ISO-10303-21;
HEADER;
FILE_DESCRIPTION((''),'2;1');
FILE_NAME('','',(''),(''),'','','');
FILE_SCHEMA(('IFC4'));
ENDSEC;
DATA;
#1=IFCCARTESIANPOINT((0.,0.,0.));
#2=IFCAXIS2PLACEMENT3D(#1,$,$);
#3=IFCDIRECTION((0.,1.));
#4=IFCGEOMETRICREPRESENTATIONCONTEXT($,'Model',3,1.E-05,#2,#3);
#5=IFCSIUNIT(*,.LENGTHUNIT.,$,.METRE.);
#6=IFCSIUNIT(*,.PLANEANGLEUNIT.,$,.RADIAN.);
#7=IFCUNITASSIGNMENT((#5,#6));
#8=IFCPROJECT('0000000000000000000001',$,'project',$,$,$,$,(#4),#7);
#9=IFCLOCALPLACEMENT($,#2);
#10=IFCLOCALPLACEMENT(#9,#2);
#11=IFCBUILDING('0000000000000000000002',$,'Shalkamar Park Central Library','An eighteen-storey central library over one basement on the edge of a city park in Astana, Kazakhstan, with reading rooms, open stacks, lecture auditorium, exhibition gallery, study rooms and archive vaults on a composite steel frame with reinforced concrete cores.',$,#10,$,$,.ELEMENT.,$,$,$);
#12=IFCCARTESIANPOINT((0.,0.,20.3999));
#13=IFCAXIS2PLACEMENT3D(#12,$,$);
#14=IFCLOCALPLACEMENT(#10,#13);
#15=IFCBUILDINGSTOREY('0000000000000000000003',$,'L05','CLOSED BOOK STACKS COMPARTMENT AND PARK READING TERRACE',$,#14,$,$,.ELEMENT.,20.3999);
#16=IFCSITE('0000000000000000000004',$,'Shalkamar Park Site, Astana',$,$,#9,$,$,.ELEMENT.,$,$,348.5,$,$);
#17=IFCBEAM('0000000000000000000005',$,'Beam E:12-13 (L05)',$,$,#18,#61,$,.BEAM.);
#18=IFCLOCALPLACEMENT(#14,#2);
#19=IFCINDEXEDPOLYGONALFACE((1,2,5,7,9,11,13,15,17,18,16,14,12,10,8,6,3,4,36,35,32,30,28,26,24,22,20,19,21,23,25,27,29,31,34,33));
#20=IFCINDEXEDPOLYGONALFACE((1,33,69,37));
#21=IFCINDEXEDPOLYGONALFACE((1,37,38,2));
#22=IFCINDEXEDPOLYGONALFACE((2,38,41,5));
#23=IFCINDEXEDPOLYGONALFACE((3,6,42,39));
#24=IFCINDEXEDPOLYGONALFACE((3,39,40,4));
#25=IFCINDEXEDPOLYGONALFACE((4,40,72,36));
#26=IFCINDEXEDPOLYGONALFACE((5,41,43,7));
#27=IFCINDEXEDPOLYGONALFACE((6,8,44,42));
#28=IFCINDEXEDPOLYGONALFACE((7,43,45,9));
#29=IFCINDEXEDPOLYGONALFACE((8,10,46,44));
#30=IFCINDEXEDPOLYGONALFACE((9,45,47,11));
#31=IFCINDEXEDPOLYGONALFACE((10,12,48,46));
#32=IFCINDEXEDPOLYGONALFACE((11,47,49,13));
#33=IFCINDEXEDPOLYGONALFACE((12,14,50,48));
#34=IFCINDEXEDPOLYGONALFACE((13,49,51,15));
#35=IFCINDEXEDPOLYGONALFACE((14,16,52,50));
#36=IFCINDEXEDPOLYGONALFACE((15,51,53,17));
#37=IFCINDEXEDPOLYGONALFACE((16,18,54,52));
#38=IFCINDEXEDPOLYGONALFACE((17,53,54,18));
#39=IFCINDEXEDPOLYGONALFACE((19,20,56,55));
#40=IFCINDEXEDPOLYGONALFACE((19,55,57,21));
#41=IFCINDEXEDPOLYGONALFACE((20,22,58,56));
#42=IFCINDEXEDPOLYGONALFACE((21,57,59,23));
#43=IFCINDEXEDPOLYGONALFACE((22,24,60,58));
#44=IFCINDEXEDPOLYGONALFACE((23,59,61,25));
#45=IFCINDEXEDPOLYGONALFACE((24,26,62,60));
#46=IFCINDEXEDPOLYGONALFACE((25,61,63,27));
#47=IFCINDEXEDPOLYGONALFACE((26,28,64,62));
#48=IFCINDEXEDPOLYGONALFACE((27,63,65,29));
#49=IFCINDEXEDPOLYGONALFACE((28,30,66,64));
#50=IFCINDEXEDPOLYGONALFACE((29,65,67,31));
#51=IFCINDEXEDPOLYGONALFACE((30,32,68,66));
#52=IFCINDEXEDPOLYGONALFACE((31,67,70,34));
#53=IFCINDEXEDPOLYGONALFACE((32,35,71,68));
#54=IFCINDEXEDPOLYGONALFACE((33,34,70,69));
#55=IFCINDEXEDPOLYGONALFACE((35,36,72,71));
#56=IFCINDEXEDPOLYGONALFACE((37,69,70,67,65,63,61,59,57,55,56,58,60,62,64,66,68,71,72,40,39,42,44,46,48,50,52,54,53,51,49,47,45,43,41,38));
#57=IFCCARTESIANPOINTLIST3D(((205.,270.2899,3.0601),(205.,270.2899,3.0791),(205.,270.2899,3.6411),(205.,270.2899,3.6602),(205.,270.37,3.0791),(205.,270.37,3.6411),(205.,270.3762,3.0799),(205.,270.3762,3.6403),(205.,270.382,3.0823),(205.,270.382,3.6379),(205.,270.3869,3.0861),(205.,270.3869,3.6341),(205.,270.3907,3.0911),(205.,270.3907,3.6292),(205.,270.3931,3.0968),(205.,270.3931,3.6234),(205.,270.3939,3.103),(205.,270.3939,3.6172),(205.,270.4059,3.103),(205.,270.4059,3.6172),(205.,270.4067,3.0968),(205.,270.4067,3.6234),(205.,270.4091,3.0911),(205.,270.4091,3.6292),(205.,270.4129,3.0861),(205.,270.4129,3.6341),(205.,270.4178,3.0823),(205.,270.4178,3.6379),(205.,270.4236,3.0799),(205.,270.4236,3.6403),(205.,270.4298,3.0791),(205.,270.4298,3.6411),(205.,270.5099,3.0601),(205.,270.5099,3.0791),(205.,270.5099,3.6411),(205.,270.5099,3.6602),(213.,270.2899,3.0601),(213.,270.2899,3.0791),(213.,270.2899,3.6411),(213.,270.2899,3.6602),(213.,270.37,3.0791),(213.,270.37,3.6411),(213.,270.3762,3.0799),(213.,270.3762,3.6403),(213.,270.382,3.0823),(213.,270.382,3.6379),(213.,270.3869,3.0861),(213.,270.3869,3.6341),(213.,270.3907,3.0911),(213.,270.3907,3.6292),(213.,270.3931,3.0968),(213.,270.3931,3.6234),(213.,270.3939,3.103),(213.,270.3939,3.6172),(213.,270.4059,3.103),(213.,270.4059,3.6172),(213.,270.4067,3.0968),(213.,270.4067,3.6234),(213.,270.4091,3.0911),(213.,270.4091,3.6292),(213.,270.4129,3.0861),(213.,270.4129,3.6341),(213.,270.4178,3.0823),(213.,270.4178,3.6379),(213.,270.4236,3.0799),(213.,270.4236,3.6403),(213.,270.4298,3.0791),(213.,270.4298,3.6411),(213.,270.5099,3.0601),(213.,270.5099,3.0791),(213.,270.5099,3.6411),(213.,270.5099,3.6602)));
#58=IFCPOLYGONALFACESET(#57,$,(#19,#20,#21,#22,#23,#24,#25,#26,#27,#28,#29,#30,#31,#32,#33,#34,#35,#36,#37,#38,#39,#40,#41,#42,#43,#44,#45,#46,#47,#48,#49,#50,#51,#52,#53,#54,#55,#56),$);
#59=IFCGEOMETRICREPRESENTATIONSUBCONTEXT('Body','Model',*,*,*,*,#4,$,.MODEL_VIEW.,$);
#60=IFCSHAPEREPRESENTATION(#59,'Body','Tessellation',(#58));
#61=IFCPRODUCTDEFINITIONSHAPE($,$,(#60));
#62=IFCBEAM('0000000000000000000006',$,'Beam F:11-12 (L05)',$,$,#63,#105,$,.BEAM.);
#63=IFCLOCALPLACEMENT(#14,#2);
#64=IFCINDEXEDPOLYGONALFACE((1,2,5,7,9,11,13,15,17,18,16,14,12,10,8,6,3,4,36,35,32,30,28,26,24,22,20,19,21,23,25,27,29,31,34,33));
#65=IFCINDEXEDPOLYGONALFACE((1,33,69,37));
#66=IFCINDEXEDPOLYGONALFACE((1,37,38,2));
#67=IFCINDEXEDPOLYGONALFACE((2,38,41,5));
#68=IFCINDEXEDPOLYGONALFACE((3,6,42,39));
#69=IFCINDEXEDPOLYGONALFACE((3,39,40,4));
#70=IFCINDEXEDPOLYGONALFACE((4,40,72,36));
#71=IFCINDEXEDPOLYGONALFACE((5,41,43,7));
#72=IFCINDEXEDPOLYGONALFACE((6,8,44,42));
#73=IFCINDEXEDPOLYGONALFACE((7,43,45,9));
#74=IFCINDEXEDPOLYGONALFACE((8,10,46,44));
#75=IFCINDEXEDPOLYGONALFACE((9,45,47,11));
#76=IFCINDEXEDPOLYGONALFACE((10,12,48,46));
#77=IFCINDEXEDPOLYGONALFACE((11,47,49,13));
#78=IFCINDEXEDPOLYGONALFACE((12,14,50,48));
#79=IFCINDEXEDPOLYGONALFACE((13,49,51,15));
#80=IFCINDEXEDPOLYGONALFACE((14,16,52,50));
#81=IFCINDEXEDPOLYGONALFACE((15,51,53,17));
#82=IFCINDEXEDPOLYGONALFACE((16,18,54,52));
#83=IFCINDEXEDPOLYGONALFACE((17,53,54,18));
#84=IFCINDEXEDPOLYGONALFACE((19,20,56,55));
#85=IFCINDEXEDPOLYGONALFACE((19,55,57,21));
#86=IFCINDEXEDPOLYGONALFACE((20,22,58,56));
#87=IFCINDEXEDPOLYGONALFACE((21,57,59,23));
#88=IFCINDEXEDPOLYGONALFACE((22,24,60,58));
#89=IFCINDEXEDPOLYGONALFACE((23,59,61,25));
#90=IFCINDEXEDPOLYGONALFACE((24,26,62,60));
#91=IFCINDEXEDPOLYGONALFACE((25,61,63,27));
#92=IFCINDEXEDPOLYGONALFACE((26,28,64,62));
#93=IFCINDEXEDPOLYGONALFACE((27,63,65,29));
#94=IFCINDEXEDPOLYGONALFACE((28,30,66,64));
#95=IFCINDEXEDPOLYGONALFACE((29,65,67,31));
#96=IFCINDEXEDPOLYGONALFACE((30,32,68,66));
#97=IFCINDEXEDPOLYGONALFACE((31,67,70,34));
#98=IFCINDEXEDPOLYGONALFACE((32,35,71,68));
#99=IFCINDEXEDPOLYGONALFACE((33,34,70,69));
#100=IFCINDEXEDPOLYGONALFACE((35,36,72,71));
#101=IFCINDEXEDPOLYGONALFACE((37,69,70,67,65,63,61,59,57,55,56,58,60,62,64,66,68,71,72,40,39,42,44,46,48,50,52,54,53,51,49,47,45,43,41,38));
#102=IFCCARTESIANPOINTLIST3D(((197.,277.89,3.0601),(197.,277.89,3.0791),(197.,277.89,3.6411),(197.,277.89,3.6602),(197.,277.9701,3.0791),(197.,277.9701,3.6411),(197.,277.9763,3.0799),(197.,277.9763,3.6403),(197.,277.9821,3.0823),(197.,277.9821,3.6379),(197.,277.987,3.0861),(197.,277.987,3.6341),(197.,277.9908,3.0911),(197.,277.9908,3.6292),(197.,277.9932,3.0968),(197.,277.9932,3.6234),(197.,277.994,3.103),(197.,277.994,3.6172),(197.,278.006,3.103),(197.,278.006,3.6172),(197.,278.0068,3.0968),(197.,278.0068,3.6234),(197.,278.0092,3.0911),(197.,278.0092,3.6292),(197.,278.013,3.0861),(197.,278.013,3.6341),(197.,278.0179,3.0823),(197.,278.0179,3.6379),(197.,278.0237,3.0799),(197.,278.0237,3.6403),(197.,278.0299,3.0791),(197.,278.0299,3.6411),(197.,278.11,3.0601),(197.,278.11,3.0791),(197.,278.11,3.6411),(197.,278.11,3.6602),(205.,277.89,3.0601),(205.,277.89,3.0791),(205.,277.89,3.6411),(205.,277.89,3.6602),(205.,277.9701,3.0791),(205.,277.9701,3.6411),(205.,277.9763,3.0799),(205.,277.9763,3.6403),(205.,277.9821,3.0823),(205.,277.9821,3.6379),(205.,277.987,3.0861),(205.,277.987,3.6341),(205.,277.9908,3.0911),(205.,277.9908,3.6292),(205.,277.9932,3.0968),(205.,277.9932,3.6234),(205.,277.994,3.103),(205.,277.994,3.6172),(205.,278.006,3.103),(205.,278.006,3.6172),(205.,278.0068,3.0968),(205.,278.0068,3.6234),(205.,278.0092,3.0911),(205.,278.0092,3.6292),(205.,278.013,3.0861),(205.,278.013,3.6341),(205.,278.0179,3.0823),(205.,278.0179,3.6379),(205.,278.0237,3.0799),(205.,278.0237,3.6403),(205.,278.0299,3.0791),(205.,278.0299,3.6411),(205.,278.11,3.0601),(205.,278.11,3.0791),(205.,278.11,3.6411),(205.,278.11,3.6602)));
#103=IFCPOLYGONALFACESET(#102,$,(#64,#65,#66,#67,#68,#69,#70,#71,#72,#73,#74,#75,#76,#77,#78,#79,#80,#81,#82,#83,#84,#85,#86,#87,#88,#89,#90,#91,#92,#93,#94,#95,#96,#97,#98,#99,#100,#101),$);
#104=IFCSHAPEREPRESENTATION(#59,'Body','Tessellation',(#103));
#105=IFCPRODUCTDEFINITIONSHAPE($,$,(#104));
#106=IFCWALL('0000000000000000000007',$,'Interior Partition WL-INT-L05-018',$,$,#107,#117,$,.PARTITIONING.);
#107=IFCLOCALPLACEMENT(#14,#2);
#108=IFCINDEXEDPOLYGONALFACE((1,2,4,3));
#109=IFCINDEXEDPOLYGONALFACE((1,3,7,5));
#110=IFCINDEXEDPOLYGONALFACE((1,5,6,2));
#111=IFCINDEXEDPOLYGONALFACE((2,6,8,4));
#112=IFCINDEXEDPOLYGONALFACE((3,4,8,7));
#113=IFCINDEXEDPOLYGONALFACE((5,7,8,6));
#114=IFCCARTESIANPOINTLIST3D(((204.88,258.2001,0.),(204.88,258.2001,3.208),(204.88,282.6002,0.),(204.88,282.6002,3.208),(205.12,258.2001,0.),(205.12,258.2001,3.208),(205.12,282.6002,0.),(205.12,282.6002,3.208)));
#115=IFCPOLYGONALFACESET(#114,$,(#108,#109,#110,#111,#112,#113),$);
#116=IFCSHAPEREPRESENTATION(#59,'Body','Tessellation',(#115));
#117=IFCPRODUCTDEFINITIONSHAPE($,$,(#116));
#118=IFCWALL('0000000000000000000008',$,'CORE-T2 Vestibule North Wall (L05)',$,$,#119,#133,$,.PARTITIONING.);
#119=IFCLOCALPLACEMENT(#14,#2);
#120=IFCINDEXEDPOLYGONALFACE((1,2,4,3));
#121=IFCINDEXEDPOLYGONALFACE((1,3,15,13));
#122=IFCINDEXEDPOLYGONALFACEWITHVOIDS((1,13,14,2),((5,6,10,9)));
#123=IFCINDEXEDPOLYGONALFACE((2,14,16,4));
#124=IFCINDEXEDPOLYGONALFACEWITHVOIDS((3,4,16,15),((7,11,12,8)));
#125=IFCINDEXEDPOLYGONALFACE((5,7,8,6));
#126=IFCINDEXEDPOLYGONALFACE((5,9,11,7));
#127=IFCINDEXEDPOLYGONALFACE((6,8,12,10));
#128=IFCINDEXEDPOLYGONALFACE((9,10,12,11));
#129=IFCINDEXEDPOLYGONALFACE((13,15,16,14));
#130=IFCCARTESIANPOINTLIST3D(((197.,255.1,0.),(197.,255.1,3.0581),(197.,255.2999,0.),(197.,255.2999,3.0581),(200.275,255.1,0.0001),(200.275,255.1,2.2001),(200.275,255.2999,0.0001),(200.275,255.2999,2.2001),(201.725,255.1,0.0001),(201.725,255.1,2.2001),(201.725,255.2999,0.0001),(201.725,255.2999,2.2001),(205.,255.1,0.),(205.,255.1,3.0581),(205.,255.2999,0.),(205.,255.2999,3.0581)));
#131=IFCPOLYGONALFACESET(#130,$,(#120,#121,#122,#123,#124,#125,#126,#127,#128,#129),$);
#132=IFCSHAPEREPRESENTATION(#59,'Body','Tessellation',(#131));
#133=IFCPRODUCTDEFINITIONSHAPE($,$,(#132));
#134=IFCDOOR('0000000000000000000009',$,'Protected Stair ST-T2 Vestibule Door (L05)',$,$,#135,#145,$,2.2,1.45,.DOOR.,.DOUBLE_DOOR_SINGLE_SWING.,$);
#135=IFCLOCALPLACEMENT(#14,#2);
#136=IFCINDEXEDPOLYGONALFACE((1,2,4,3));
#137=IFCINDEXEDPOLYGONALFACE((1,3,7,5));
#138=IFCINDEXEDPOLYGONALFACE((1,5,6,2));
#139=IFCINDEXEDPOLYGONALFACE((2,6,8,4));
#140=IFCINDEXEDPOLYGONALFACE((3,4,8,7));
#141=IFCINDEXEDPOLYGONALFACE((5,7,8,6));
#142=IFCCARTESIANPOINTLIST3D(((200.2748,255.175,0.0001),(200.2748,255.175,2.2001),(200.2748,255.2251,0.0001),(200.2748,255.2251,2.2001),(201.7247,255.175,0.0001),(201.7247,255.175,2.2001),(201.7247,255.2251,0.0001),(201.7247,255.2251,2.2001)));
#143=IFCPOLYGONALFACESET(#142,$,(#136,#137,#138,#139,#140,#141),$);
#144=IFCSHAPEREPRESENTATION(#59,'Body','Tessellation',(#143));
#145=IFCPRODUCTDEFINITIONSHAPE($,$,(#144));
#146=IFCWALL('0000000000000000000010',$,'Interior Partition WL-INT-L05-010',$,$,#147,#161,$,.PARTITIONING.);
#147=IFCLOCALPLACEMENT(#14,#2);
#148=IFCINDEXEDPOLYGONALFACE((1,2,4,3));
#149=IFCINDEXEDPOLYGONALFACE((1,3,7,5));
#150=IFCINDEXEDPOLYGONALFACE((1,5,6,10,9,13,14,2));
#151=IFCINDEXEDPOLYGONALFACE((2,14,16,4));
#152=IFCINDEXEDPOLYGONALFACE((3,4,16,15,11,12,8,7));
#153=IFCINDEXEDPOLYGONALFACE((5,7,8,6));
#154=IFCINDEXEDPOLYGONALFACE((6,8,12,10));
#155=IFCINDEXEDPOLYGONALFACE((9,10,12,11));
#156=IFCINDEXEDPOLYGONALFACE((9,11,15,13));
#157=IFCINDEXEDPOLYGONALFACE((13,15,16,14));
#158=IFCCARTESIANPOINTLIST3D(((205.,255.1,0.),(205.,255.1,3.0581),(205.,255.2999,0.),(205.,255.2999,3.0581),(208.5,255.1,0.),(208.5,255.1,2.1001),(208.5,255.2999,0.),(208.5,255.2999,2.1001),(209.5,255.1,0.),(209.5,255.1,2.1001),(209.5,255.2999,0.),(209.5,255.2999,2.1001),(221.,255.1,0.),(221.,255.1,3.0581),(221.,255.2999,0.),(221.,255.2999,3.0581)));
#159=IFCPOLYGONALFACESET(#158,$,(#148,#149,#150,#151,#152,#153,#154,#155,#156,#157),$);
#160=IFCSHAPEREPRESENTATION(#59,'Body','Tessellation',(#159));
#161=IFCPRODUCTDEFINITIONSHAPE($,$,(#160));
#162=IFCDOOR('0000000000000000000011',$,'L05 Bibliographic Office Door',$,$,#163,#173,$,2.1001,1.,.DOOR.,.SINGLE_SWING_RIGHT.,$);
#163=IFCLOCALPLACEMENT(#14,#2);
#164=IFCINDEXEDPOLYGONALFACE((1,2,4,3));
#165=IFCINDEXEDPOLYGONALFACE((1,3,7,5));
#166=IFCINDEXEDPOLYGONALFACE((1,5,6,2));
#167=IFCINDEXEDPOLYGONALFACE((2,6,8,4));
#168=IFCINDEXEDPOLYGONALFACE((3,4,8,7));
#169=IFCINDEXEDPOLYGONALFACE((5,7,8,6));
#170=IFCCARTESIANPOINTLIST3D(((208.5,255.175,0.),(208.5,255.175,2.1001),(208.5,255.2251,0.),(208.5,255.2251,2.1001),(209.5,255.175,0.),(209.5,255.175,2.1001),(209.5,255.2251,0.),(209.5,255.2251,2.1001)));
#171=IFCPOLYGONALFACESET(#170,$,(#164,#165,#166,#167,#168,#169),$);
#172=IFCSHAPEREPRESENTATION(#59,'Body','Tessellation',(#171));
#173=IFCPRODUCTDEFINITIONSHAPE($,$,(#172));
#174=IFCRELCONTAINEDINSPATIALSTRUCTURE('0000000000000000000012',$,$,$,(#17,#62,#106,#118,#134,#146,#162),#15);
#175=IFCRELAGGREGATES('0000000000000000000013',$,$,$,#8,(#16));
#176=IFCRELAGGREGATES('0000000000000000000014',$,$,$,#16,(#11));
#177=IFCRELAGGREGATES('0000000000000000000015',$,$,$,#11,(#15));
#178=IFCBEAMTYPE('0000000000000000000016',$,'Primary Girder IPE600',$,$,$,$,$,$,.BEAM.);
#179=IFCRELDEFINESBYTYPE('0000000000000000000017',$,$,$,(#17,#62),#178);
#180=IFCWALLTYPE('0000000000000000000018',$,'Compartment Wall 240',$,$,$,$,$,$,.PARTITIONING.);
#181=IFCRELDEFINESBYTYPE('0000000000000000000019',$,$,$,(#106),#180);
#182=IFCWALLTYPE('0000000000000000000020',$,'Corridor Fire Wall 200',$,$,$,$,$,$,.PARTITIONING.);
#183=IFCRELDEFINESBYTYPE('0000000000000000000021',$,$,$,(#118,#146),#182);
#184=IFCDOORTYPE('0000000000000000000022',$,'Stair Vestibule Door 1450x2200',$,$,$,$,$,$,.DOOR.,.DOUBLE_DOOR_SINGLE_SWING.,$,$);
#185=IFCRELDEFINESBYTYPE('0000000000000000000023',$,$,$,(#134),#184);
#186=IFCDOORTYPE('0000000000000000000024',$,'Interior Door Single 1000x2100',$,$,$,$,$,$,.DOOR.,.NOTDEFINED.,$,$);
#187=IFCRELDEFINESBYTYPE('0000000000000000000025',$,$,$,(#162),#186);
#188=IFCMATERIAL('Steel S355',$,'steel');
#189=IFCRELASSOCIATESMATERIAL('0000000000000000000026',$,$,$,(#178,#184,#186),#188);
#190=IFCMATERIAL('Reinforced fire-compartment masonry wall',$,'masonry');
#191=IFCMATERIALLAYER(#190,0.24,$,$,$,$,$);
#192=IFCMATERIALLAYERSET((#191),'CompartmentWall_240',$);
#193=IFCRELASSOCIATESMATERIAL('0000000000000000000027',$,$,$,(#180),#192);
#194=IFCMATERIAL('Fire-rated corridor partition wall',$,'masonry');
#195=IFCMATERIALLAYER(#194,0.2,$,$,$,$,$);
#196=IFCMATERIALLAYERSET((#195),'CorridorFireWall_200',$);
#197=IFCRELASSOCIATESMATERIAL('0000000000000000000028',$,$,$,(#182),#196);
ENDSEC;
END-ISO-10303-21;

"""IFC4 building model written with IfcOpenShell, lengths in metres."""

from ifc_helpers import new_model, si_unit, direction, frame, frame_2d, origin, origin_2d, place, context, subcontext, project, spatial, rectangle, i_section, extrude, material, layer, layer_set, material_profile, profile_set, type_object, element, fill, save


model = new_model("IFC4")

# Units and contexts
model_context = context("Model", 3, precision=1e-05, world=origin(), true_north=direction((0.0, 1.0)))
body_context = subcontext(model_context, "Body", "Model", "MODEL_VIEW")
ifc_project = project(units=[si_unit("LENGTHUNIT", "METRE"), si_unit("PLANEANGLEUNIT", "RADIAN")], contexts=[model_context])

# Site, building, storey
site_placement = place(None, origin())
site = spatial("IfcSite", under=ifc_project, at=site_placement, Name="Shalkamar Park Site, Astana", CompositionType="ELEMENT", RefElevation=348.5)
building_placement = place(site_placement, origin())
building = spatial("IfcBuilding", under=site, at=building_placement, Name="Shalkamar Park Central Library", Description="An eighteen-storey central library over one basement on the edge of a city park in Astana, Kazakhstan, with reading rooms, open stacks, lecture auditorium, exhibition gallery, study rooms and archive vaults on a composite steel frame with reinforced concrete cores.", CompositionType="ELEMENT")
storey_placement = place(building_placement, frame((0.0, 0.0, 20.3999)))
storey = spatial("IfcBuildingStorey", under=building, at=storey_placement, Name="L05", Description="CLOSED BOOK STACKS COMPARTMENT AND PARK READING TERRACE", CompositionType="ELEMENT", Elevation=20.3999)

# Shared definitions
ifc_material_1 = material(Name="Steel S355", Category="steel")

# Beams
ifc_material_profile_1 = material_profile(ifc_material_1, i_section(OverallWidth=0.22, OverallDepth=0.6001, WebThickness=0.012, FlangeThickness=0.019, FilletRadius=0.0239, at=origin_2d()), Name="IPE 600")
ifc_profile_set_1 = profile_set([ifc_material_profile_1], Name="Steel S355")
beam_type_1 = type_object("IfcBeamType", Name="Primary Girder IPE600", PredefinedType="BEAM", material=ifc_profile_set_1)
for number, where, z_axis, x_axis, name in (
    (1, (205.0, 270.3999, 3.3601), (1.0, 0.0, 0.0), (0.0, 1.0, 0.0), "Beam E:12-13 (L05)"),
    (2, (197.0, 278.0, 3.3601), (1.0, 0.0, 0.0), (0.0, 1.0, 0.0), "Beam F:11-12 (L05)"),
):
    element("IfcBeam", number, at=place(storey_placement, frame(where, z_axis=z_axis, x_axis=x_axis)), inside=storey, type_object=beam_type_1, Name=name, PredefinedType="BEAM", context=body_context, shape_type="SweptSolid", body=[
        extrude(i_section(OverallWidth=0.22, OverallDepth=0.6001, WebThickness=0.012, FlangeThickness=0.019, FilletRadius=0.0239, at=origin_2d()), origin(), (0.0, 0.0, 1.0), 8.0),
    ])

# Wall
ifc_material_2 = material(Name="Reinforced fire-compartment masonry wall", Category="masonry")
ifc_layer_1 = layer(ifc_material_2, 0.24)
ifc_layer_set_1 = layer_set([ifc_layer_1], Name="CompartmentWall_240")
wall_type_1 = type_object("IfcWallType", Name="Compartment Wall 240", PredefinedType="PARTITIONING", material=ifc_layer_set_1)
wall_1_placement = place(storey_placement, frame((205.0, 258.2, 0.0), z_axis=(0.0, 0.0, 1.0), x_axis=(0.0, 1.0, 0.0)))
element("IfcWall", 3, at=wall_1_placement, inside=storey, type_object=wall_type_1, Name="Interior Partition WL-INT-L05-018", PredefinedType="PARTITIONING", context=body_context, shape_type="SweptSolid", body=[
    extrude(rectangle(XDim=24.4001, YDim=0.24, at=frame_2d((12.2002, 0.0))), origin(), (0.0, 0.0, 1.0), 3.208),
])

# Walls, openings, doors
ifc_material_3 = material(Name="Fire-rated corridor partition wall", Category="masonry")
ifc_layer_2 = layer(ifc_material_3, 0.2)
ifc_layer_set_2 = layer_set([ifc_layer_2], Name="CorridorFireWall_200")
wall_type_2 = type_object("IfcWallType", Name="Corridor Fire Wall 200", PredefinedType="PARTITIONING", material=ifc_layer_set_2)
wall_2_placement = place(storey_placement, frame((197.0, 255.2, 0.0), z_axis=(0.0, 0.0, 1.0), x_axis=(1.0, 0.0, 0.0)))
wall_2 = element("IfcWall", 4, at=wall_2_placement, inside=storey, type_object=wall_type_2, Name="CORE-T2 Vestibule North Wall (L05)", PredefinedType="PARTITIONING", context=body_context, shape_type="SweptSolid", body=[
    extrude(rectangle(XDim=8.0, YDim=0.2, at=frame_2d((4.0, 0.0))), origin(), (0.0, 0.0, 1.0), 3.0581),
])
opening_1_placement = place(wall_2_placement, frame((3.2749, 0.0, 0.0)))
opening_1 = element("IfcOpeningElement", 5, at=opening_1_placement, cuts=wall_2, PredefinedType="OPENING", context=body_context, shape_type="SweptSolid", body=[
    extrude(rectangle(XDim=1.45, YDim=2.2, at=frame_2d((0.7251, 1.1001))), frame((0.0, 0.1147, 0.0), z_axis=(0.0, -1.0, 0.0), x_axis=(1.0, 0.0, 0.0)), (0.0, 0.0, 1.0), 0.2297),
])
door_type_1 = type_object("IfcDoorType", Name="Stair Vestibule Door 1450x2200", OperationType="DOUBLE_DOOR_SINGLE_SWING", PredefinedType="DOOR", material=ifc_material_1)
door_1_placement = place(opening_1_placement, frame((1.45, 0.0, 0.0), z_axis=(0.0, 0.0, 1.0), x_axis=(-1.0, 0.0, 0.0)))
door_1 = element("IfcDoor", 6, at=door_1_placement, inside=storey, type_object=door_type_1, Name="Protected Stair ST-T2 Vestibule Door (L05)", OperationType="DOUBLE_DOOR_SINGLE_SWING", OverallHeight=2.2, OverallWidth=1.45, PredefinedType="DOOR", context=body_context, shape_type="SweptSolid", body=[
    extrude(rectangle(XDim=1.45, YDim=2.2, at=frame_2d((0.7251, 1.1001))), frame((0.0, 0.0249, 0.0), z_axis=(0.0, -1.0, 0.0), x_axis=(1.0, 0.0, 0.0)), (0.0, 0.0, 1.0), 0.05),
])
fill(opening_1, door_1)
wall_3_placement = place(storey_placement, frame((205.0, 255.2, 0.0), z_axis=(0.0, 0.0, 1.0), x_axis=(1.0, 0.0, 0.0)))
wall_3 = element("IfcWall", 7, at=wall_3_placement, inside=storey, type_object=wall_type_2, Name="Interior Partition WL-INT-L05-010", PredefinedType="PARTITIONING", context=body_context, shape_type="SweptSolid", body=[
    extrude(rectangle(XDim=16.0, YDim=0.2, at=frame_2d((8.0, 0.0))), origin(), (0.0, 0.0, 1.0), 3.0581),
])
opening_2_placement = place(wall_3_placement, frame((3.5, 0.0, 0.0)))
opening_2 = element("IfcOpeningElement", 8, at=opening_2_placement, cuts=wall_3, PredefinedType="OPENING", context=body_context, shape_type="SweptSolid", body=[
    extrude(rectangle(XDim=1.0, YDim=2.1001, at=frame_2d((0.5, 1.05))), frame((0.0, 0.1147, 0.0), z_axis=(0.0, -1.0, 0.0), x_axis=(1.0, 0.0, 0.0)), (0.0, 0.0, 1.0), 0.2297),
])
door_type_2 = type_object("IfcDoorType", Name="Interior Door Single 1000x2100", OperationType="NOTDEFINED", PredefinedType="DOOR", material=ifc_material_1)
door_2_placement = place(opening_2_placement, frame((1.0, 0.0, 0.0), z_axis=(0.0, 0.0, 1.0), x_axis=(-1.0, 0.0, 0.0)))
door_2 = element("IfcDoor", 9, at=door_2_placement, inside=storey, type_object=door_type_2, Name="L05 Bibliographic Office Door", OperationType="SINGLE_SWING_RIGHT", OverallHeight=2.1001, OverallWidth=1.0, PredefinedType="DOOR", context=body_context, shape_type="SweptSolid", body=[
    extrude(rectangle(XDim=1.0, YDim=2.1001, at=frame_2d((0.5, 1.05))), frame((0.0, 0.0249, 0.0), z_axis=(0.0, -1.0, 0.0), x_axis=(1.0, 0.0, 0.0)), (0.0, 0.0, 1.0), 0.05),
])
fill(opening_2, door_2)

save(model, "model.ifc")
